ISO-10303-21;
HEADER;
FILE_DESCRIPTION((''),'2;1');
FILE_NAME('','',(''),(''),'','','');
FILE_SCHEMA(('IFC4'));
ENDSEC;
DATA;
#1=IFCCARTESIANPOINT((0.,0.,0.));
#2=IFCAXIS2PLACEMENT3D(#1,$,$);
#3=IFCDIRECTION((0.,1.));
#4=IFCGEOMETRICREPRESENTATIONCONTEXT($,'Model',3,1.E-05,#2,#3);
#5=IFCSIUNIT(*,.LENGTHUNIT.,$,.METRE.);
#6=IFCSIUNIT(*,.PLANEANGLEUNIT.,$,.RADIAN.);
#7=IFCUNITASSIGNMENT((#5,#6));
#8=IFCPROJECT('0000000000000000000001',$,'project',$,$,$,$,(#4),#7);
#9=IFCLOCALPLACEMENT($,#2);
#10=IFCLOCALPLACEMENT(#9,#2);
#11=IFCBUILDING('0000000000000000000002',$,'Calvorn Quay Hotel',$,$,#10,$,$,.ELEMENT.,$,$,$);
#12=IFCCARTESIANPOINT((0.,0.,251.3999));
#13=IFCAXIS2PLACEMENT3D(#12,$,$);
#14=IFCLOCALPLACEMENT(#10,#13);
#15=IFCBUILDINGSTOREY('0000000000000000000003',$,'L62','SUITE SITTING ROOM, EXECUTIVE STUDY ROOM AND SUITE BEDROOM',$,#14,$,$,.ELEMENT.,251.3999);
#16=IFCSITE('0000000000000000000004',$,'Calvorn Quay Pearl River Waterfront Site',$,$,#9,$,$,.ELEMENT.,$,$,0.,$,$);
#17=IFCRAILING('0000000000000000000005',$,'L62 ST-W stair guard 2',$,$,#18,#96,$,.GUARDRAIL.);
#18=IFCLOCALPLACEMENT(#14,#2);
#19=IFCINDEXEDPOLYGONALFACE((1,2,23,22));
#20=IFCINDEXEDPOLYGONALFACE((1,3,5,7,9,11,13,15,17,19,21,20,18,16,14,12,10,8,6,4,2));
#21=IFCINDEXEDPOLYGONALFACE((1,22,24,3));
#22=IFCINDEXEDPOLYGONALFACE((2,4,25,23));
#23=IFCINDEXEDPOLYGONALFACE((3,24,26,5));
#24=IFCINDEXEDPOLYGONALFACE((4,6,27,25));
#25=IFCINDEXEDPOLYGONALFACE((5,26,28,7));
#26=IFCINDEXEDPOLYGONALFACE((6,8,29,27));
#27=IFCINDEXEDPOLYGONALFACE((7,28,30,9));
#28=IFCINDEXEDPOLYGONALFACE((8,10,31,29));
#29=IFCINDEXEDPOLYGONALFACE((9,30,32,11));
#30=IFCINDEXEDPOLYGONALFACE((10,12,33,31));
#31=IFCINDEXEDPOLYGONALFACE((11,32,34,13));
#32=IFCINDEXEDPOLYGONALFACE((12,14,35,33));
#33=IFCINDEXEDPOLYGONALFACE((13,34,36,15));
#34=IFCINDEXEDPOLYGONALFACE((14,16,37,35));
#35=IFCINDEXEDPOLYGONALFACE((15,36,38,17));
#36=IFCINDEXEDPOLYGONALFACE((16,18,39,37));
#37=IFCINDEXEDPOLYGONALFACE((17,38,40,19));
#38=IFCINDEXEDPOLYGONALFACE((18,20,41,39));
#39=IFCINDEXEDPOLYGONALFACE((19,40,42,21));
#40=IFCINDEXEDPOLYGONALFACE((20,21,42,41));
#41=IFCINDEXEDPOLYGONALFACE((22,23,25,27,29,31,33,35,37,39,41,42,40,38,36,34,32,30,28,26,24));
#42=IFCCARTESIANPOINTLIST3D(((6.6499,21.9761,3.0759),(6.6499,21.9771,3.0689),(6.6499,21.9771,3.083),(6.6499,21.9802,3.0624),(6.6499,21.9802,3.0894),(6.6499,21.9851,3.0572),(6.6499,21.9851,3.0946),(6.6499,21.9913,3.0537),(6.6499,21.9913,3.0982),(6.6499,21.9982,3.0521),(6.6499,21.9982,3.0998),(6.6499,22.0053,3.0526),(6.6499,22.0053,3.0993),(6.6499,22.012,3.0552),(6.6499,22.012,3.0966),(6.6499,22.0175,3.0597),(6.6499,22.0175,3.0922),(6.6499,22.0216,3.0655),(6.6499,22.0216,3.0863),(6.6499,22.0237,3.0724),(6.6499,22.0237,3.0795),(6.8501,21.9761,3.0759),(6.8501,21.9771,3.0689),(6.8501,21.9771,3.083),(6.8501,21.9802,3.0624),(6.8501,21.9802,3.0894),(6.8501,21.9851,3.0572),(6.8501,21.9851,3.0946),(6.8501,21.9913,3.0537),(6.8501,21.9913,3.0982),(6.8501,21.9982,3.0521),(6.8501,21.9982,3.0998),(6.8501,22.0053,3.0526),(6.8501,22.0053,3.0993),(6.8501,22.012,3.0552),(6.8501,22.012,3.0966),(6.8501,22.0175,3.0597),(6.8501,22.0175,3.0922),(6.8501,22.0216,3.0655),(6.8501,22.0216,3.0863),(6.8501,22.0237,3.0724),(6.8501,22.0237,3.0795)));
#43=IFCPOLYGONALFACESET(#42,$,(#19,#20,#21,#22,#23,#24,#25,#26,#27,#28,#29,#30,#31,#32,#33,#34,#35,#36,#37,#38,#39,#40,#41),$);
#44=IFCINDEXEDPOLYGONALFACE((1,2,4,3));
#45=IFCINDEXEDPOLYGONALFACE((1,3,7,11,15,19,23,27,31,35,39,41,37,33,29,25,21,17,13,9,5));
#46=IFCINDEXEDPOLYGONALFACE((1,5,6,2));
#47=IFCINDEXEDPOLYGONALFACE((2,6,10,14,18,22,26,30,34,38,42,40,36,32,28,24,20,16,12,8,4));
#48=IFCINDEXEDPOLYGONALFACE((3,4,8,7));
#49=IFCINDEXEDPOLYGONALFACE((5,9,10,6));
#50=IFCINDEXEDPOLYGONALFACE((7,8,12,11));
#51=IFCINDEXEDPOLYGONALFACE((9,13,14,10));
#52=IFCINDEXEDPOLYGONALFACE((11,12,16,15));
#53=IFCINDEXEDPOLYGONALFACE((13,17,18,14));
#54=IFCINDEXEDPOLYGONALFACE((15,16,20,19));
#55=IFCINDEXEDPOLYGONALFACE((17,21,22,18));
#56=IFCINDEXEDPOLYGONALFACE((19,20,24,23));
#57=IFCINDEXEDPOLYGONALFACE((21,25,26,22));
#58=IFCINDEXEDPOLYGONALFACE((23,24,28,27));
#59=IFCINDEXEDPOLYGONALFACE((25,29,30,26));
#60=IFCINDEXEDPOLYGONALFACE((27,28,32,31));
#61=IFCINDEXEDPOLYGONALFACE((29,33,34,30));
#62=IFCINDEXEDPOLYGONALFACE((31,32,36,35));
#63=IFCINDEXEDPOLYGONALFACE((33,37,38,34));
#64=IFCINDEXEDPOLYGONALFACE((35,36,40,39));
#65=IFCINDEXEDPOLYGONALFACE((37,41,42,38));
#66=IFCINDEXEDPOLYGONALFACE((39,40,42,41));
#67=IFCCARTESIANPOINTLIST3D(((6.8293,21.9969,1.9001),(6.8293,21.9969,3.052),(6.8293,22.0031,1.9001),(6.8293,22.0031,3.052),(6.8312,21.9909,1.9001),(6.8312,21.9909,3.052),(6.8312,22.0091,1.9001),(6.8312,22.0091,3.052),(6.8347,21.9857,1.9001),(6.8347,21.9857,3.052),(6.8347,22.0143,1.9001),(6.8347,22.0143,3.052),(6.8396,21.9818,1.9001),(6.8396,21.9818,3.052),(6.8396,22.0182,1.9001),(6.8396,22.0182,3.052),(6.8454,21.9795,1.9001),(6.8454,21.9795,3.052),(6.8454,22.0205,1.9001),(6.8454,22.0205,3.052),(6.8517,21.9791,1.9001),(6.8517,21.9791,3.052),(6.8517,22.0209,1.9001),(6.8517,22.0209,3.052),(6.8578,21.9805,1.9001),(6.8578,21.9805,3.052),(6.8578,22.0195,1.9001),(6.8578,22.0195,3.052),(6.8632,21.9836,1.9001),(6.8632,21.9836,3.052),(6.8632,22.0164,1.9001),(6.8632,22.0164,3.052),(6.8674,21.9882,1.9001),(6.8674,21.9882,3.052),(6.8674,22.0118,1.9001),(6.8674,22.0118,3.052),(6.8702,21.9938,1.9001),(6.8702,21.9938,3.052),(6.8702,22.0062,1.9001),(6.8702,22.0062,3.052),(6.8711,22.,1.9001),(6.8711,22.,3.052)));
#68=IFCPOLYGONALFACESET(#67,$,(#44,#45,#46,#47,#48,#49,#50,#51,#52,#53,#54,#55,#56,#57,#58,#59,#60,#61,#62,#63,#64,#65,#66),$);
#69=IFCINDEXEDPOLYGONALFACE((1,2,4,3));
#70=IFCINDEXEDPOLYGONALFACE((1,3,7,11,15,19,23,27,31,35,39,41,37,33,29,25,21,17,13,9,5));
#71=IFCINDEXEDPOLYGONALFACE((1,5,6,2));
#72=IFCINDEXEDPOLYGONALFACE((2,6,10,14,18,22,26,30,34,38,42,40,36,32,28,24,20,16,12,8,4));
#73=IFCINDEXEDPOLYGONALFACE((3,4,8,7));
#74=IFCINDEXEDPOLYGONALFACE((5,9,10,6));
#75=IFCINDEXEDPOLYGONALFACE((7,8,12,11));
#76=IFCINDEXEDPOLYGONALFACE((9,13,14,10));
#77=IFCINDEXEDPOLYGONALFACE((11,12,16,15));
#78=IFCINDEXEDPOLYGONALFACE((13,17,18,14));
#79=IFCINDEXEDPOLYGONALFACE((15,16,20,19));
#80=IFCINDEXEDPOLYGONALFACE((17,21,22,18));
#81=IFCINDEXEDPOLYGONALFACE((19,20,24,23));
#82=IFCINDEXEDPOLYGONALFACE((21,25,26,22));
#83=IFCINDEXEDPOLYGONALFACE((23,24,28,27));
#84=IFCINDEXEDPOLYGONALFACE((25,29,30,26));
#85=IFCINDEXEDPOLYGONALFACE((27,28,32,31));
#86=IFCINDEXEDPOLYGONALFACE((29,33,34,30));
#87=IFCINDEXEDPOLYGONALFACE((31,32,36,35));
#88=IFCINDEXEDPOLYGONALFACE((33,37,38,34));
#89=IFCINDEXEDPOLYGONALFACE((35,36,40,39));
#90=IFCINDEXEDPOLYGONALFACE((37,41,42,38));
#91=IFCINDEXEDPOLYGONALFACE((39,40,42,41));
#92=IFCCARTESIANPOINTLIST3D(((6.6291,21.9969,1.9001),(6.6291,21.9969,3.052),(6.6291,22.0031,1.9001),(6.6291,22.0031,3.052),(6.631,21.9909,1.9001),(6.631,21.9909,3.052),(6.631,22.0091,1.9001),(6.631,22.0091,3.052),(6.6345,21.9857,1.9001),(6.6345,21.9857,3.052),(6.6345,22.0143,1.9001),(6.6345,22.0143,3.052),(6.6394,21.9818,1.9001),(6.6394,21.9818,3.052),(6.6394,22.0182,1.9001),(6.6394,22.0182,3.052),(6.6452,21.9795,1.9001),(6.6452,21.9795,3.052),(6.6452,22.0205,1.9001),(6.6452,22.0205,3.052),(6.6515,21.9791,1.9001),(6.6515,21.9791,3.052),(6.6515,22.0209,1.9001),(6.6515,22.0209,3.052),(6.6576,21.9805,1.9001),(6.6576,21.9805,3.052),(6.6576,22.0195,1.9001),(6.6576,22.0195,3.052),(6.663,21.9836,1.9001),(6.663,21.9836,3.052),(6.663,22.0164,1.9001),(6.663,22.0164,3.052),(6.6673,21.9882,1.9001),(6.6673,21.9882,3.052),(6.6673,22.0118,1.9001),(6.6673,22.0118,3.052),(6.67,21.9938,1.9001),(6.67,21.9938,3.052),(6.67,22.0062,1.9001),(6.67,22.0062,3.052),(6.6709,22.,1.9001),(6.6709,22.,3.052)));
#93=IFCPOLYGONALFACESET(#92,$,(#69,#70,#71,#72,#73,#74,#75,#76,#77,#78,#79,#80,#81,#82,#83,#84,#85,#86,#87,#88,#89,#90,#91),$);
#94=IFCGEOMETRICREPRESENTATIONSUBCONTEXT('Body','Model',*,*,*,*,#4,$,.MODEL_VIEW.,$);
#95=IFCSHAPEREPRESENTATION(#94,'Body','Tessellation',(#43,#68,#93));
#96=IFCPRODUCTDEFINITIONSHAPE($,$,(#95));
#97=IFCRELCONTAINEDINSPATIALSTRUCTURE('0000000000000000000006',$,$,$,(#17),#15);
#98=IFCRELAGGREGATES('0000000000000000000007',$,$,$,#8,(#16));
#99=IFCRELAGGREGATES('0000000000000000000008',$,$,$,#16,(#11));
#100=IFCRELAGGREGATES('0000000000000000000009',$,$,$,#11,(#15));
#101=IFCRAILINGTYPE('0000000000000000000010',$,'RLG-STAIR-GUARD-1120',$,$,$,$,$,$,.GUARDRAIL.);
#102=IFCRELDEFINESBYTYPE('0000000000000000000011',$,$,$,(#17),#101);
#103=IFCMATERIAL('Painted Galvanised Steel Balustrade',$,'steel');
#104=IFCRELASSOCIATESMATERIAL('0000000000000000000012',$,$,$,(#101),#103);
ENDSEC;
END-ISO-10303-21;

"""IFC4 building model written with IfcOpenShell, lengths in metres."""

from ifc_helpers import new_model, si_unit, direction, frame, origin, origin_2d, place, context, subcontext, project, spatial, circle, extrude, material, type_object, element, save


model = new_model("IFC4")

# Units and contexts
model_context = context("Model", 3, precision=1e-05, world=origin(), true_north=direction((0.0, 1.0)))
body_context = subcontext(model_context, "Body", "Model", "MODEL_VIEW")
ifc_project = project(units=[si_unit("LENGTHUNIT", "METRE"), si_unit("PLANEANGLEUNIT", "RADIAN")], contexts=[model_context])

# Site, building, storey
site_placement = place(None, origin())
site = spatial("IfcSite", under=ifc_project, at=site_placement, Name="Calvorn Quay Pearl River Waterfront Site", CompositionType="ELEMENT", RefElevation=0.0)
building_placement = place(site_placement, origin())
building = spatial("IfcBuilding", under=site, at=building_placement, Name="Calvorn Quay Hotel", CompositionType="ELEMENT")
storey_placement = place(building_placement, frame((0.0, 0.0, 251.3999)))
storey = spatial("IfcBuildingStorey", under=building, at=storey_placement, Name="L62", Description="SUITE SITTING ROOM, EXECUTIVE STUDY ROOM AND SUITE BEDROOM", CompositionType="ELEMENT", Elevation=251.3999)

# Railing
ifc_material_1 = material(Name="Painted Galvanised Steel Balustrade", Category="steel")
railing_type_1 = type_object("IfcRailingType", Name="RLG-STAIR-GUARD-1120", PredefinedType="GUARDRAIL", material=ifc_material_1)
railing_1_placement = place(storey_placement, frame((6.8501, 22.0, 1.9001)))
element("IfcRailing", 1, at=railing_1_placement, inside=storey, type_object=railing_type_1, Name="L62 ST-W stair guard 2", PredefinedType="GUARDRAIL", context=body_context, shape_type="SweptSolid", body=[
    extrude(circle(Radius=0.0239, at=origin_2d()), frame((0.0, 0.0, 1.1758), z_axis=(-1.0, 0.0, 0.0), x_axis=(0.0, -1.0, 0.0)), (0.0, 0.0, 1.0), 0.2002),
    extrude(circle(Radius=0.021, at=origin_2d()), origin(), (0.0, 0.0, 1.0), 1.1519),
    extrude(circle(Radius=0.021, at=origin_2d()), frame((-0.2002, 0.0, 0.0)), (0.0, 0.0, 1.0), 1.1519),
])

save(model, "model.ifc")
